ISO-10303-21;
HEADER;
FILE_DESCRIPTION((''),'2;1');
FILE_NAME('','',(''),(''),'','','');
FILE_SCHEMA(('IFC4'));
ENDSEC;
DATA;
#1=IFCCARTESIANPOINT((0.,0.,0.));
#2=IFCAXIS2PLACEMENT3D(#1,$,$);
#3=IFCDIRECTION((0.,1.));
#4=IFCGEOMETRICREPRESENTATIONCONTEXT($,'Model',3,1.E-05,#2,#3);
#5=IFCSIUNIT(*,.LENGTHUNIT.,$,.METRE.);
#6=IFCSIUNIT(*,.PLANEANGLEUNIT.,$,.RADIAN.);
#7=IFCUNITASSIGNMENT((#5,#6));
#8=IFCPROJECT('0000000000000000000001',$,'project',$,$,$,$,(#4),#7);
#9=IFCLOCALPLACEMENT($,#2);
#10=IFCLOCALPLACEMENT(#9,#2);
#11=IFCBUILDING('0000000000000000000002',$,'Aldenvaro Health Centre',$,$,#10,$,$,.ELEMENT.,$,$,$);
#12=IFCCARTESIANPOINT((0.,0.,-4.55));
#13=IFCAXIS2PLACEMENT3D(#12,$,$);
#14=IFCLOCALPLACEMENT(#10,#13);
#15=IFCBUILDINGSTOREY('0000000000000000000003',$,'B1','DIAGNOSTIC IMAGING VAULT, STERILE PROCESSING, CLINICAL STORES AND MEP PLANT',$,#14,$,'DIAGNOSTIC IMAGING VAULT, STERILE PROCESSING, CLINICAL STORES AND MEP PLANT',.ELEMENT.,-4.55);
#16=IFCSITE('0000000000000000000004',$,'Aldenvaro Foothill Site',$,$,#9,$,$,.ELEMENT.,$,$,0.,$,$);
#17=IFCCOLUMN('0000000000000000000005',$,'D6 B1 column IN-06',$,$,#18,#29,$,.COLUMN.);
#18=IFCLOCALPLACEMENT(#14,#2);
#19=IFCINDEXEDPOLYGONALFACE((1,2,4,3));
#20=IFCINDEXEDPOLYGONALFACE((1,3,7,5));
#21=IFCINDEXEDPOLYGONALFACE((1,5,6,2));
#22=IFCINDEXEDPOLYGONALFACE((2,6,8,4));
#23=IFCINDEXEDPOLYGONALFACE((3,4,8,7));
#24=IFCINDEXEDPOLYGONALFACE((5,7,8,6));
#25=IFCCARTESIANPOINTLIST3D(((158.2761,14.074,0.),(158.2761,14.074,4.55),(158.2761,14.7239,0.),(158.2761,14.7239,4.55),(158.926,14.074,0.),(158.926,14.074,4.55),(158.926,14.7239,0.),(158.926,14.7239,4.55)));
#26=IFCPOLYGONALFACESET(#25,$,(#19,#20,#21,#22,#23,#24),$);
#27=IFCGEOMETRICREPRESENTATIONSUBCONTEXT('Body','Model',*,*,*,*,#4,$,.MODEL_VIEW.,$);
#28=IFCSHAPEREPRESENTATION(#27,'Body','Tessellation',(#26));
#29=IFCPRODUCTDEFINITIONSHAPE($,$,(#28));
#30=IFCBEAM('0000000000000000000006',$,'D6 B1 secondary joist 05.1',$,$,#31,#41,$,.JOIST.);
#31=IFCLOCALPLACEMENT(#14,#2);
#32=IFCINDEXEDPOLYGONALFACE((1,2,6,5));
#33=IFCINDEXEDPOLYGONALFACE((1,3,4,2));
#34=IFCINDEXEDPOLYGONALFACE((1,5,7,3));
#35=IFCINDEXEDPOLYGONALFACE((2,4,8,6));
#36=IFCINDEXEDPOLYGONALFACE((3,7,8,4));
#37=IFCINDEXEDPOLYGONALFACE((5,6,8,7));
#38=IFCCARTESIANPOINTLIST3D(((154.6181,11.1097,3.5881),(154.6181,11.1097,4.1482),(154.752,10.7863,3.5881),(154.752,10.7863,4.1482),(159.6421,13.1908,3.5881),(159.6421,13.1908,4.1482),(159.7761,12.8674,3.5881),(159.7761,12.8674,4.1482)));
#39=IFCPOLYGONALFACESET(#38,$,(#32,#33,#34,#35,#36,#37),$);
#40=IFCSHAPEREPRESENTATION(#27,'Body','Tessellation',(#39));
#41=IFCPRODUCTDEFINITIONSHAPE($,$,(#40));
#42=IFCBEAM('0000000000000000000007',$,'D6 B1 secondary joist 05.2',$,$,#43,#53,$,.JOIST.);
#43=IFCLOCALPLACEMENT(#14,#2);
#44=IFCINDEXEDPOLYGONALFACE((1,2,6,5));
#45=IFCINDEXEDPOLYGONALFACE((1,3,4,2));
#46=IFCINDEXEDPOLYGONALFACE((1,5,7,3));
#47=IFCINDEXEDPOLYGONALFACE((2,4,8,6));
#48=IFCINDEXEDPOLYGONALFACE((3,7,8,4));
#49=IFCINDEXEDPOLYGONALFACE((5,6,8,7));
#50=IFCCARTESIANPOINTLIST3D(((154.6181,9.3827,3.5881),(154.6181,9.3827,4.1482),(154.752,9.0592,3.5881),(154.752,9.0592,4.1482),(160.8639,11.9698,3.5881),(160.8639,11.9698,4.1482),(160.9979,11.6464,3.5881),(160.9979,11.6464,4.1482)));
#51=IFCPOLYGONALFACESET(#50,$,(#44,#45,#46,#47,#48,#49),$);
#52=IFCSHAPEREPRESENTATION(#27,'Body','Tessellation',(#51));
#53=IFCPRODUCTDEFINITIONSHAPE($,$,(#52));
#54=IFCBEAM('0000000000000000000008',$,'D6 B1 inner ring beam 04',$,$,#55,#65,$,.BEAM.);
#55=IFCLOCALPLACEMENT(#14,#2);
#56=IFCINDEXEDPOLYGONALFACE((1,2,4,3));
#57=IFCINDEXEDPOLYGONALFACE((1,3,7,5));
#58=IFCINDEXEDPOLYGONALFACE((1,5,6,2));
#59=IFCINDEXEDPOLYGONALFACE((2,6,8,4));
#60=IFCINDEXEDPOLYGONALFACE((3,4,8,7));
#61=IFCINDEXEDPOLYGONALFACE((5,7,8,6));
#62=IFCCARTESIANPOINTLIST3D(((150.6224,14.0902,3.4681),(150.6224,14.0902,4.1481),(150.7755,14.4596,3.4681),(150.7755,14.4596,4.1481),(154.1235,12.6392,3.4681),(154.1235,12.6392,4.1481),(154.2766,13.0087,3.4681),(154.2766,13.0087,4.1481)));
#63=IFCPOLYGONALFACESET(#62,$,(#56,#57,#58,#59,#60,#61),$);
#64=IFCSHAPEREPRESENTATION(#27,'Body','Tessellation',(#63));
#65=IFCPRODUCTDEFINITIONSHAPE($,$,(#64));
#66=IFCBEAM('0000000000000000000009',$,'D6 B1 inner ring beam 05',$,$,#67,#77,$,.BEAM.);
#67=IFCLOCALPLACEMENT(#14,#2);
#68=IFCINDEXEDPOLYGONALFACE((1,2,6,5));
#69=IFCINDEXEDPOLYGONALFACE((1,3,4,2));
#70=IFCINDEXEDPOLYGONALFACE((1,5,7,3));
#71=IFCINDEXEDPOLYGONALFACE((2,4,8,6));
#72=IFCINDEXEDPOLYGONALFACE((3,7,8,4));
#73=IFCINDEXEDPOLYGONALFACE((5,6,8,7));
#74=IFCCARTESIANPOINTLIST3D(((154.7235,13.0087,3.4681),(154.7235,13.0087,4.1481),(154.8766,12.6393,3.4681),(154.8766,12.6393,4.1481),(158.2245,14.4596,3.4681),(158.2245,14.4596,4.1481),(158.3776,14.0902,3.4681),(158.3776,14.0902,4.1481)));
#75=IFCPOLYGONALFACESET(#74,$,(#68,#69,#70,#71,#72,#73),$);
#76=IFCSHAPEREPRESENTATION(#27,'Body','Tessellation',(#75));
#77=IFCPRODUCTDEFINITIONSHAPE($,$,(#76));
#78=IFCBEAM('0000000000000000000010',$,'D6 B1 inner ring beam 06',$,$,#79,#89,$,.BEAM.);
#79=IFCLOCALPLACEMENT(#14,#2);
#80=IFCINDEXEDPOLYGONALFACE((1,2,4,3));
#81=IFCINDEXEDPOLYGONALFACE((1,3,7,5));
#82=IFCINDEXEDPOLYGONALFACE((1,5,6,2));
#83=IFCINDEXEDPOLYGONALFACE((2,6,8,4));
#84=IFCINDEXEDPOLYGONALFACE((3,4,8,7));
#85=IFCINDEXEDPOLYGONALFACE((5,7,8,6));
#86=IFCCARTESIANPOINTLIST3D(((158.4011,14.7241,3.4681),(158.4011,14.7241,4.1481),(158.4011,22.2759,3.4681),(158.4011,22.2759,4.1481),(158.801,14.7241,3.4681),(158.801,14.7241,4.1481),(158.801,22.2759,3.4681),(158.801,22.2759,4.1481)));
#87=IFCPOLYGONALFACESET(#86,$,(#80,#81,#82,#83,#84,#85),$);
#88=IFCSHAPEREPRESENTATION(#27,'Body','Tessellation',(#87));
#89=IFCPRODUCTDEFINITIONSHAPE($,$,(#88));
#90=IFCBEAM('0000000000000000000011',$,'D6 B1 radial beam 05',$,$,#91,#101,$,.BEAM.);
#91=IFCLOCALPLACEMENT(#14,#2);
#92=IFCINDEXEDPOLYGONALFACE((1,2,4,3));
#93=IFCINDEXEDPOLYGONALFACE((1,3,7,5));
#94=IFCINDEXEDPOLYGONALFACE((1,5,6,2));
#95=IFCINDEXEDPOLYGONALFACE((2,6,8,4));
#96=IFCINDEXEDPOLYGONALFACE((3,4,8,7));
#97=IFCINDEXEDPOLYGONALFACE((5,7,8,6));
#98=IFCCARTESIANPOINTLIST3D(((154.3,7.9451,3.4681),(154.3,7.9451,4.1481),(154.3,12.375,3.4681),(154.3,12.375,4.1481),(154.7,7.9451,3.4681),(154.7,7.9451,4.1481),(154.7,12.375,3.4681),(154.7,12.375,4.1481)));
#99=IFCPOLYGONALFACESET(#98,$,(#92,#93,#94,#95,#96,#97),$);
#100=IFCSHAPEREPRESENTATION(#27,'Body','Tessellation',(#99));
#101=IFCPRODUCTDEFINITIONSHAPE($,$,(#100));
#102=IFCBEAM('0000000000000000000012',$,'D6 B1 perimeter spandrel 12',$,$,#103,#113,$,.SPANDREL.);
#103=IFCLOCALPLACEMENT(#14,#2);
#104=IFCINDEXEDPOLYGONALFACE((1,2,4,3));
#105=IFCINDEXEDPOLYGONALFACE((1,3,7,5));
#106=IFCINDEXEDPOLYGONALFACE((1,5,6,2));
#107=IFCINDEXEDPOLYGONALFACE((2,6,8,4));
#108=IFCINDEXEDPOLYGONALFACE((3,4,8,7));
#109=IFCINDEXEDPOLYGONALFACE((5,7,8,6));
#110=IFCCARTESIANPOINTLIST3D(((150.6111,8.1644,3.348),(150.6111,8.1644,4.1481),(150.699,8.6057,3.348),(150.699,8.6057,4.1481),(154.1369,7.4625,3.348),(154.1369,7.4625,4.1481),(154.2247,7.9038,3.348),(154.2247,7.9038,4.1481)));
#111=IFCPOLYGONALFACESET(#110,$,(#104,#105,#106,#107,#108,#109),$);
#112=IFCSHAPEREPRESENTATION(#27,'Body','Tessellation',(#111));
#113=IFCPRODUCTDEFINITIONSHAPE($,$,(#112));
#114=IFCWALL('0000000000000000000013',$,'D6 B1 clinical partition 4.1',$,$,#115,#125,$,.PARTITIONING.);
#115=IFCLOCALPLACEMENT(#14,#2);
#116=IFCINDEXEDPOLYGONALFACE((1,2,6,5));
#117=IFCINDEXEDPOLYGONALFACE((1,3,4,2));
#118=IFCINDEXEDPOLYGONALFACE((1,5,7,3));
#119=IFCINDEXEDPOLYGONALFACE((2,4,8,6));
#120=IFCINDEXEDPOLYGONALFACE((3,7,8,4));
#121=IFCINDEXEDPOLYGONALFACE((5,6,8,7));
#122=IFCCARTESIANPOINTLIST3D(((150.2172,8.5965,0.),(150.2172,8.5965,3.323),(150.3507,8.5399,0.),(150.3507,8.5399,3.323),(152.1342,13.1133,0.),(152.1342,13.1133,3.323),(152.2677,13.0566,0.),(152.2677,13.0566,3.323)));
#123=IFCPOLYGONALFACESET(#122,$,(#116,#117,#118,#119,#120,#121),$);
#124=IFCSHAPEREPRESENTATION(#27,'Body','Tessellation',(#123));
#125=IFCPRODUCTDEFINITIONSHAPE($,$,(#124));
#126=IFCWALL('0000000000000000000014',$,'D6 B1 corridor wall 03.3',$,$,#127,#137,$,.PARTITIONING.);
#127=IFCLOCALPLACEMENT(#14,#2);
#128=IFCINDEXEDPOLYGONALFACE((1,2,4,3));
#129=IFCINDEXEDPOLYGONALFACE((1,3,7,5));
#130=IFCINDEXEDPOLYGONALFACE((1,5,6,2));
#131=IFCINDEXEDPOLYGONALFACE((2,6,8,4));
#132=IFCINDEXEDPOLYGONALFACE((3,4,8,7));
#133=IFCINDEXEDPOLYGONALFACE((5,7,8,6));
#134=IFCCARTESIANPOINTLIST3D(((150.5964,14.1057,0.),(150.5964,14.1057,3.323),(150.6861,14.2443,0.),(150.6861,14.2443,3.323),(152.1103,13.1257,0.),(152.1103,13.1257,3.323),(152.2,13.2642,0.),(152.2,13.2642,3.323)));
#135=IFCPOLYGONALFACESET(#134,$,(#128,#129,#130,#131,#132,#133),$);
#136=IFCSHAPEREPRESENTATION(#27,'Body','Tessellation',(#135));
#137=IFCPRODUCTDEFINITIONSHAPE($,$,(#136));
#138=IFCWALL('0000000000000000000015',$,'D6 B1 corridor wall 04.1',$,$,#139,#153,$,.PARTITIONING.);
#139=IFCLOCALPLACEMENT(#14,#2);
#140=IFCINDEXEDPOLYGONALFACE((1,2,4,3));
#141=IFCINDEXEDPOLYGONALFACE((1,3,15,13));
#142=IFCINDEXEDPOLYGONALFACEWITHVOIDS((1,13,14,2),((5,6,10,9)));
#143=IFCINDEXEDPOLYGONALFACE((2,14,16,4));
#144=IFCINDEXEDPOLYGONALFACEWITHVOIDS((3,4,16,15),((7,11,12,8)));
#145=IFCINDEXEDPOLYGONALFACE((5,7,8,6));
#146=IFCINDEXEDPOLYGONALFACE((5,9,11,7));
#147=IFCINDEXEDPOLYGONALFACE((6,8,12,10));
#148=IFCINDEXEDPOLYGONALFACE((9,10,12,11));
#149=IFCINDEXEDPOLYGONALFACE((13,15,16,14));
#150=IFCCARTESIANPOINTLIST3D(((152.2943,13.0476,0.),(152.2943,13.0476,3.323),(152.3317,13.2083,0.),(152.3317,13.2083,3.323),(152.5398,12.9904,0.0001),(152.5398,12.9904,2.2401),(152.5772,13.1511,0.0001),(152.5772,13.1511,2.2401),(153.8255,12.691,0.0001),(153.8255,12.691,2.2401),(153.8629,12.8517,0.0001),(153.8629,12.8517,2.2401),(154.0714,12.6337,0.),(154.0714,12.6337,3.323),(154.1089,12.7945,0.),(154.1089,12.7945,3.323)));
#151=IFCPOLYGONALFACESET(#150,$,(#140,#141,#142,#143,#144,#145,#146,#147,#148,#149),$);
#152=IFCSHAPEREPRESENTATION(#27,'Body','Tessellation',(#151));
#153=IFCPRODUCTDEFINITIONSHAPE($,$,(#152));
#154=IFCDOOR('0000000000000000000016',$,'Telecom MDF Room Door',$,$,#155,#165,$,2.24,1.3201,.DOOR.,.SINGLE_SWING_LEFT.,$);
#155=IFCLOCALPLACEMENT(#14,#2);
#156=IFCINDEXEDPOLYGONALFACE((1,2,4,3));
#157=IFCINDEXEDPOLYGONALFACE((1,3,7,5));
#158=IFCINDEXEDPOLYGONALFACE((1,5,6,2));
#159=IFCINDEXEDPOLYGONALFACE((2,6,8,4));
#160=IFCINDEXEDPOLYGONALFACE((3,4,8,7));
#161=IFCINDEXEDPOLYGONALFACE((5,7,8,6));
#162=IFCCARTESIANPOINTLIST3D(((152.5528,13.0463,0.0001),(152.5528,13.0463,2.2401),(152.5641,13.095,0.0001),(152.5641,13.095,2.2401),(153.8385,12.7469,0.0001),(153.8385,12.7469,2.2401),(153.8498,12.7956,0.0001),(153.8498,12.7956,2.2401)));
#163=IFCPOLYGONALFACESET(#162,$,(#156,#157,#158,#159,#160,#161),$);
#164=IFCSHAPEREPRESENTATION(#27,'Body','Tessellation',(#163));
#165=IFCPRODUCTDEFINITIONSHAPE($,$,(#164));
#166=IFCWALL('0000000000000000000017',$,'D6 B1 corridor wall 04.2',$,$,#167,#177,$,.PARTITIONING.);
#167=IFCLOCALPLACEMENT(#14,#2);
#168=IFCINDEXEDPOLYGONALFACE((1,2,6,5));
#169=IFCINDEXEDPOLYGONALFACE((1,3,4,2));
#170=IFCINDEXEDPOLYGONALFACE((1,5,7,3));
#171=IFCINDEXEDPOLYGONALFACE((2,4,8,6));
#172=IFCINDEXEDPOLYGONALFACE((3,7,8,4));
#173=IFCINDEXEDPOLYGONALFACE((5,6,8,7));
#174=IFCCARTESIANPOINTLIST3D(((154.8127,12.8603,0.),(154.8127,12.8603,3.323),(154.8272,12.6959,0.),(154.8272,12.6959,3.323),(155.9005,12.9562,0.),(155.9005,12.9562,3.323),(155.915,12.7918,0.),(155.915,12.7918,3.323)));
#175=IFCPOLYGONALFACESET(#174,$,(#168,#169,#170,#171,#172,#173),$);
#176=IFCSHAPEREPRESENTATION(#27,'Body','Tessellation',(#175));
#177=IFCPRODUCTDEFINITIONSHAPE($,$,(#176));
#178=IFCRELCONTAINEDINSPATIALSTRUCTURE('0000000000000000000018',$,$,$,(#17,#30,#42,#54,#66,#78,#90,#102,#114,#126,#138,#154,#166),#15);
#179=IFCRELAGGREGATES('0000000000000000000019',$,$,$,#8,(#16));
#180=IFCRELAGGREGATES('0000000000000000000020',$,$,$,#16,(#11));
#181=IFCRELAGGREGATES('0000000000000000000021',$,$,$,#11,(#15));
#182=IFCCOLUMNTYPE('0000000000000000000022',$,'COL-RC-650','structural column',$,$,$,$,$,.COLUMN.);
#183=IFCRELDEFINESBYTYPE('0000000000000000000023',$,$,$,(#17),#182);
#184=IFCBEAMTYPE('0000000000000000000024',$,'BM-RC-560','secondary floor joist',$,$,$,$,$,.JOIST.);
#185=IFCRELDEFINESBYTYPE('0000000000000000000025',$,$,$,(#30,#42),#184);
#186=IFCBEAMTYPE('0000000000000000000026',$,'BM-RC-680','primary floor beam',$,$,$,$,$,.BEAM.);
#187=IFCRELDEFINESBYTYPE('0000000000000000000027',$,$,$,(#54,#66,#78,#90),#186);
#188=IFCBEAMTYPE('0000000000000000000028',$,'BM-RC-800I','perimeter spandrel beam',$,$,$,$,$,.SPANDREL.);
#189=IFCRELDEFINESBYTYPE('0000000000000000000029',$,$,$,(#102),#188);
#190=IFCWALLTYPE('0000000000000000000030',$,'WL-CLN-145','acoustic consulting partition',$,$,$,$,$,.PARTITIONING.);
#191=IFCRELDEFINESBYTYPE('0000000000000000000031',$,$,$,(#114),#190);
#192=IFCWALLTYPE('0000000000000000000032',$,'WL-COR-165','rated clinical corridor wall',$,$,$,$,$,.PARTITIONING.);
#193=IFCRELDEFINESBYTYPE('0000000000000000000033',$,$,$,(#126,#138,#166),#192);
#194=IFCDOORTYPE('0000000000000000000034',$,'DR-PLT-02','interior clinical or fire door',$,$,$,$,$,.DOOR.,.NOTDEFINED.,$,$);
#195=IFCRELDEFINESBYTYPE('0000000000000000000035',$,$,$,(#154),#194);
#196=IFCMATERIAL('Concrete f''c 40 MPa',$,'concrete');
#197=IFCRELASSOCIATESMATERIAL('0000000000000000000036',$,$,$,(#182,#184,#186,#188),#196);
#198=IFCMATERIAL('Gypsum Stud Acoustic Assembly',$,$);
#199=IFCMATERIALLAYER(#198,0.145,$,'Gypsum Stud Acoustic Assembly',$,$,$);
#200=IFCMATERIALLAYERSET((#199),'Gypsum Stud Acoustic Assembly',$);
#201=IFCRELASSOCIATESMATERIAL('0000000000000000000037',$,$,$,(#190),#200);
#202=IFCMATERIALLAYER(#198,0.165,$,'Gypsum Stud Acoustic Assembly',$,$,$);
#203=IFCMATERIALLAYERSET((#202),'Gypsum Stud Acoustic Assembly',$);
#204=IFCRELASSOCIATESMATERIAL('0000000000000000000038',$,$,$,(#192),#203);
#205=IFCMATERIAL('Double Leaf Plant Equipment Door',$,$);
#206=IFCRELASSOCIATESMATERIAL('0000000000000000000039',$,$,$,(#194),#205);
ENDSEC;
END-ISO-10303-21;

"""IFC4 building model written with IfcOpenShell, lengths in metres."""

from ifc_helpers import new_model, si_unit, direction, frame, frame_2d, origin, origin_2d, place, context, subcontext, project, spatial, rectangle, extrude, material, layer, layer_set, material_profile, profile_set, type_object, element, fill, save


model = new_model("IFC4")

# Units and contexts
model_context = context("Model", 3, precision=1e-05, world=origin(), true_north=direction((0.0, 1.0)))
body_context = subcontext(model_context, "Body", "Model", "MODEL_VIEW")
ifc_project = project(units=[si_unit("LENGTHUNIT", "METRE"), si_unit("PLANEANGLEUNIT", "RADIAN")], contexts=[model_context])

# Site, building, storey
site_placement = place(None, origin())
site = spatial("IfcSite", under=ifc_project, at=site_placement, Name="Aldenvaro Foothill Site", CompositionType="ELEMENT", RefElevation=0.0)
building_placement = place(site_placement, origin())
building = spatial("IfcBuilding", under=site, at=building_placement, Name="Aldenvaro Health Centre", CompositionType="ELEMENT")
storey_placement = place(building_placement, frame((0.0, 0.0, -4.55)))
storey = spatial("IfcBuildingStorey", under=building, at=storey_placement, Name="B1", Description="DIAGNOSTIC IMAGING VAULT, STERILE PROCESSING, CLINICAL STORES AND MEP PLANT", LongName="DIAGNOSTIC IMAGING VAULT, STERILE PROCESSING, CLINICAL STORES AND MEP PLANT", CompositionType="ELEMENT", Elevation=-4.55)

# Shared definitions
ifc_material_1 = material(Name="Concrete f'c 40 MPa", Category="concrete")

# Column
ifc_material_profile_1 = material_profile(ifc_material_1, rectangle(XDim=0.6499, YDim=0.6499, at=origin_2d()), Name="RC 650x650", Category="concrete")
ifc_profile_set_1 = profile_set([ifc_material_profile_1], Name="Concrete f'c 40 MPa")
column_type = type_object("IfcColumnType", Name="COL-RC-650", Description="structural column", PredefinedType="COLUMN", material=ifc_profile_set_1)
for number, where, z_axis, x_axis, name in (
    (1, (158.6011, 14.3989, 0.0), (0.0, 0.0, 1.0), (1.0, 0.0, 0.0), "D6 B1 column IN-06"),
):
    element("IfcColumn", number, at=place(storey_placement, frame(where, z_axis=z_axis, x_axis=x_axis)), inside=storey, type_object=column_type, Name=name, PredefinedType="COLUMN", context=body_context, shape_type="SweptSolid", body=[
        extrude(rectangle(XDim=0.6499, YDim=0.6499, at=origin_2d()), origin(), (0.0, 0.0, 1.0), 4.55),
    ])

# Beams
ifc_material_profile_2 = material_profile(ifc_material_1, rectangle(XDim=0.3501, YDim=0.5601, at=origin_2d()), Name="RC 350x560", Category="concrete")
ifc_profile_set_2 = profile_set([ifc_material_profile_2], Name="Concrete f'c 40 MPa")
beam_type_1 = type_object("IfcBeamType", Name="BM-RC-560", Description="secondary floor joist", PredefinedType="JOIST", material=ifc_profile_set_2)
beam_1_placement = place(storey_placement, frame((154.6851, 10.948, 3.8682), z_axis=(0.923875, 0.382695, 0.0), x_axis=(-0.382695, 0.923875, 0.0)))
element("IfcBeam", 2, at=beam_1_placement, inside=storey, type_object=beam_type_1, Name="D6 B1 secondary joist 05.1", PredefinedType="JOIST", context=body_context, shape_type="SweptSolid", body=[
    extrude(rectangle(XDim=0.3501, YDim=0.5601, at=origin_2d()), origin(), (0.0, 0.0, 1.0), 5.438),
])
beam_2_placement = place(storey_placement, frame((154.6851, 9.2209, 3.8682), z_axis=(0.923877, 0.382689, 0.0), x_axis=(-0.382689, 0.923877, 0.0)))
element("IfcBeam", 3, at=beam_2_placement, inside=storey, type_object=beam_type_1, Name="D6 B1 secondary joist 05.2", PredefinedType="JOIST", context=body_context, shape_type="SweptSolid", body=[
    extrude(rectangle(XDim=0.3501, YDim=0.5601, at=origin_2d()), origin(), (0.0, 0.0, 1.0), 6.7605),
])
ifc_material_profile_3 = material_profile(ifc_material_1, rectangle(XDim=0.3999, YDim=0.6799, at=origin_2d()), Name="RC 400x680", Category="concrete")
ifc_profile_set_3 = profile_set([ifc_material_profile_3], Name="Concrete f'c 40 MPa")
beam_type_2 = type_object("IfcBeamType", Name="BM-RC-680", Description="primary floor beam", PredefinedType="BEAM", material=ifc_profile_set_3)
for number, where, z_axis, x_axis, name in (
    (4, (150.699, 14.2749, 3.8081), (0.923807, -0.382858, 0.0), (0.382858, 0.923807, 0.0), "D6 B1 inner ring beam 04"),
    (5, (154.8, 12.824, 3.8081), (0.923807, 0.382858, 0.0), (-0.382858, 0.923807, 0.0), "D6 B1 inner ring beam 05"),
):
    element("IfcBeam", number, at=place(storey_placement, frame(where, z_axis=z_axis, x_axis=x_axis)), inside=storey, type_object=beam_type_2, Name=name, PredefinedType="BEAM", context=body_context, shape_type="SweptSolid", body=[
        extrude(rectangle(XDim=0.3999, YDim=0.6799, at=origin_2d()), origin(), (0.0, 0.0, 1.0), 3.7898),
    ])
beam_3_placement = place(storey_placement, frame((158.6011, 14.7241, 3.8081), z_axis=(0.0, 1.0, 0.0), x_axis=(-1.0, 0.0, 0.0)))
element("IfcBeam", 6, at=beam_3_placement, inside=storey, type_object=beam_type_2, Name="D6 B1 inner ring beam 06", PredefinedType="BEAM", context=body_context, shape_type="SweptSolid", body=[
    extrude(rectangle(XDim=0.3999, YDim=0.6799, at=origin_2d()), origin(), (0.0, 0.0, 1.0), 7.5518),
])
beam_4_placement = place(storey_placement, frame((154.5, 12.375, 3.8081), z_axis=(0.0, -1.0, 0.0), x_axis=(1.0, 0.0, 0.0)))
element("IfcBeam", 7, at=beam_4_placement, inside=storey, type_object=beam_type_2, Name="D6 B1 radial beam 05", PredefinedType="BEAM", context=body_context, shape_type="SweptSolid", body=[
    extrude(rectangle(XDim=0.3999, YDim=0.6799, at=origin_2d()), origin(), (0.0, 0.0, 1.0), 4.4299),
])
ifc_material_profile_4 = material_profile(ifc_material_1, rectangle(XDim=0.45, YDim=0.8, at=origin_2d()), Name="RC 450x800", Category="concrete")
ifc_profile_set_4 = profile_set([ifc_material_profile_4], Name="Concrete f'c 40 MPa")
beam_type_3 = type_object("IfcBeamType", Name="BM-RC-800I", Description="perimeter spandrel beam", PredefinedType="SPANDREL", material=ifc_profile_set_4)
beam_5_placement = place(storey_placement, frame((150.655, 8.385, 3.748), z_axis=(0.980755, -0.195241, 0.0), x_axis=(0.195241, 0.980755, 0.0)))
element("IfcBeam", 8, at=beam_5_placement, inside=storey, type_object=beam_type_3, Name="D6 B1 perimeter spandrel 12", PredefinedType="SPANDREL", context=body_context, shape_type="SweptSolid", body=[
    extrude(rectangle(XDim=0.45, YDim=0.8, at=origin_2d()), origin(), (0.0, 0.0, 1.0), 3.595),
])

# Walls
ifc_material_2 = material(Name="Gypsum Stud Acoustic Assembly")
ifc_layer_1 = layer(ifc_material_2, 0.145, Name="Gypsum Stud Acoustic Assembly")
ifc_layer_set_1 = layer_set([ifc_layer_1], Name="Gypsum Stud Acoustic Assembly")
wall_type_1 = type_object("IfcWallType", Name="WL-CLN-145", Description="acoustic consulting partition", PredefinedType="PARTITIONING", material=ifc_layer_set_1)
wall_1_placement = place(storey_placement, frame((152.2009, 13.085, 0.0), z_axis=(0.0, 0.0, 1.0), x_axis=(-0.39068, -0.920526, 0.0)))
element("IfcWall", 9, at=wall_1_placement, inside=storey, type_object=wall_type_1, Name="D6 B1 clinical partition 4.1", PredefinedType="PARTITIONING", context=body_context, shape_type="SweptSolid", body=[
    extrude(rectangle(XDim=4.9067, YDim=0.145, at=frame_2d((2.4534, 0.0))), origin(), (0.0, 0.0, 1.0), 3.323),
])
ifc_layer_2 = layer(ifc_material_2, 0.165, Name="Gypsum Stud Acoustic Assembly")
ifc_layer_set_2 = layer_set([ifc_layer_2], Name="Gypsum Stud Acoustic Assembly")
wall_type_2 = type_object("IfcWallType", Name="WL-COR-165", Description="rated clinical corridor wall", PredefinedType="PARTITIONING", material=ifc_layer_set_2)
wall_2_placement = place(storey_placement, frame((150.6411, 14.175, 0.0), z_axis=(0.0, 0.0, 1.0), x_axis=(0.839472, -0.543403, 0.0)))
element("IfcWall", 10, at=wall_2_placement, inside=storey, type_object=wall_type_2, Name="D6 B1 corridor wall 03.3", PredefinedType="PARTITIONING", context=body_context, shape_type="SweptSolid", body=[
    extrude(rectangle(XDim=1.8035, YDim=0.165, at=frame_2d((0.9019, 0.0))), origin(), (0.0, 0.0, 1.0), 3.323),
])

# Wall, opening, door
wall_3_placement = place(storey_placement, frame((152.313, 13.1279, 0.0), z_axis=(0.0, 0.0, 1.0), x_axis=(0.973943, -0.226794, 0.0)))
wall_3 = element("IfcWall", 11, at=wall_3_placement, inside=storey, type_object=wall_type_2, Name="D6 B1 corridor wall 04.1", PredefinedType="PARTITIONING", context=body_context, shape_type="SweptSolid", body=[
    extrude(rectangle(XDim=1.8247, YDim=0.165, at=frame_2d((0.9124, 0.0))), origin(), (0.0, 0.0, 1.0), 3.323),
])
opening_placement = place(wall_3_placement, frame((0.252, 0.0, 0.0)))
opening = element("IfcOpeningElement", 12, at=opening_placement, cuts=wall_3, PredefinedType="OPENING", context=body_context, shape_type="SweptSolid", body=[
    extrude(rectangle(XDim=1.3201, YDim=2.24, at=frame_2d((0.6602, 1.1201))), frame((0.0, 0.0925, 0.0), z_axis=(0.0, -1.0, 0.0), x_axis=(1.0, 0.0, 0.0)), (0.0, 0.0, 1.0), 0.1851),
])
ifc_material_3 = material(Name="Double Leaf Plant Equipment Door")
door_type = type_object("IfcDoorType", Name="DR-PLT-02", Description="interior clinical or fire door", OperationType="NOTDEFINED", PredefinedType="DOOR", material=ifc_material_3)
door_placement = place(opening_placement, origin())
door = element("IfcDoor", 13, at=door_placement, inside=storey, type_object=door_type, Name="Telecom MDF Room Door", OperationType="SINGLE_SWING_LEFT", OverallHeight=2.24, OverallWidth=1.3201, PredefinedType="DOOR", context=body_context, shape_type="SweptSolid", body=[
    extrude(rectangle(XDim=1.3201, YDim=2.24, at=frame_2d((0.6602, 1.1201))), frame((0.0, 0.0249, 0.0), z_axis=(0.0, -1.0, 0.0), x_axis=(1.0, 0.0, 0.0)), (0.0, 0.0, 1.0), 0.05),
])
fill(opening, door)

# Wall
wall_4_placement = place(storey_placement, frame((154.8201, 12.7781, 0.0), z_axis=(0.0, 0.0, 1.0), x_axis=(0.996133, 0.087855, 0.0)))
element("IfcWall", 14, at=wall_4_placement, inside=storey, type_object=wall_type_2, Name="D6 B1 corridor wall 04.2", PredefinedType="PARTITIONING", context=body_context, shape_type="SweptSolid", body=[
    extrude(rectangle(XDim=1.092, YDim=0.165, at=frame_2d((0.5459, 0.0))), origin(), (0.0, 0.0, 1.0), 3.323),
])

save(model, "model.ifc")
